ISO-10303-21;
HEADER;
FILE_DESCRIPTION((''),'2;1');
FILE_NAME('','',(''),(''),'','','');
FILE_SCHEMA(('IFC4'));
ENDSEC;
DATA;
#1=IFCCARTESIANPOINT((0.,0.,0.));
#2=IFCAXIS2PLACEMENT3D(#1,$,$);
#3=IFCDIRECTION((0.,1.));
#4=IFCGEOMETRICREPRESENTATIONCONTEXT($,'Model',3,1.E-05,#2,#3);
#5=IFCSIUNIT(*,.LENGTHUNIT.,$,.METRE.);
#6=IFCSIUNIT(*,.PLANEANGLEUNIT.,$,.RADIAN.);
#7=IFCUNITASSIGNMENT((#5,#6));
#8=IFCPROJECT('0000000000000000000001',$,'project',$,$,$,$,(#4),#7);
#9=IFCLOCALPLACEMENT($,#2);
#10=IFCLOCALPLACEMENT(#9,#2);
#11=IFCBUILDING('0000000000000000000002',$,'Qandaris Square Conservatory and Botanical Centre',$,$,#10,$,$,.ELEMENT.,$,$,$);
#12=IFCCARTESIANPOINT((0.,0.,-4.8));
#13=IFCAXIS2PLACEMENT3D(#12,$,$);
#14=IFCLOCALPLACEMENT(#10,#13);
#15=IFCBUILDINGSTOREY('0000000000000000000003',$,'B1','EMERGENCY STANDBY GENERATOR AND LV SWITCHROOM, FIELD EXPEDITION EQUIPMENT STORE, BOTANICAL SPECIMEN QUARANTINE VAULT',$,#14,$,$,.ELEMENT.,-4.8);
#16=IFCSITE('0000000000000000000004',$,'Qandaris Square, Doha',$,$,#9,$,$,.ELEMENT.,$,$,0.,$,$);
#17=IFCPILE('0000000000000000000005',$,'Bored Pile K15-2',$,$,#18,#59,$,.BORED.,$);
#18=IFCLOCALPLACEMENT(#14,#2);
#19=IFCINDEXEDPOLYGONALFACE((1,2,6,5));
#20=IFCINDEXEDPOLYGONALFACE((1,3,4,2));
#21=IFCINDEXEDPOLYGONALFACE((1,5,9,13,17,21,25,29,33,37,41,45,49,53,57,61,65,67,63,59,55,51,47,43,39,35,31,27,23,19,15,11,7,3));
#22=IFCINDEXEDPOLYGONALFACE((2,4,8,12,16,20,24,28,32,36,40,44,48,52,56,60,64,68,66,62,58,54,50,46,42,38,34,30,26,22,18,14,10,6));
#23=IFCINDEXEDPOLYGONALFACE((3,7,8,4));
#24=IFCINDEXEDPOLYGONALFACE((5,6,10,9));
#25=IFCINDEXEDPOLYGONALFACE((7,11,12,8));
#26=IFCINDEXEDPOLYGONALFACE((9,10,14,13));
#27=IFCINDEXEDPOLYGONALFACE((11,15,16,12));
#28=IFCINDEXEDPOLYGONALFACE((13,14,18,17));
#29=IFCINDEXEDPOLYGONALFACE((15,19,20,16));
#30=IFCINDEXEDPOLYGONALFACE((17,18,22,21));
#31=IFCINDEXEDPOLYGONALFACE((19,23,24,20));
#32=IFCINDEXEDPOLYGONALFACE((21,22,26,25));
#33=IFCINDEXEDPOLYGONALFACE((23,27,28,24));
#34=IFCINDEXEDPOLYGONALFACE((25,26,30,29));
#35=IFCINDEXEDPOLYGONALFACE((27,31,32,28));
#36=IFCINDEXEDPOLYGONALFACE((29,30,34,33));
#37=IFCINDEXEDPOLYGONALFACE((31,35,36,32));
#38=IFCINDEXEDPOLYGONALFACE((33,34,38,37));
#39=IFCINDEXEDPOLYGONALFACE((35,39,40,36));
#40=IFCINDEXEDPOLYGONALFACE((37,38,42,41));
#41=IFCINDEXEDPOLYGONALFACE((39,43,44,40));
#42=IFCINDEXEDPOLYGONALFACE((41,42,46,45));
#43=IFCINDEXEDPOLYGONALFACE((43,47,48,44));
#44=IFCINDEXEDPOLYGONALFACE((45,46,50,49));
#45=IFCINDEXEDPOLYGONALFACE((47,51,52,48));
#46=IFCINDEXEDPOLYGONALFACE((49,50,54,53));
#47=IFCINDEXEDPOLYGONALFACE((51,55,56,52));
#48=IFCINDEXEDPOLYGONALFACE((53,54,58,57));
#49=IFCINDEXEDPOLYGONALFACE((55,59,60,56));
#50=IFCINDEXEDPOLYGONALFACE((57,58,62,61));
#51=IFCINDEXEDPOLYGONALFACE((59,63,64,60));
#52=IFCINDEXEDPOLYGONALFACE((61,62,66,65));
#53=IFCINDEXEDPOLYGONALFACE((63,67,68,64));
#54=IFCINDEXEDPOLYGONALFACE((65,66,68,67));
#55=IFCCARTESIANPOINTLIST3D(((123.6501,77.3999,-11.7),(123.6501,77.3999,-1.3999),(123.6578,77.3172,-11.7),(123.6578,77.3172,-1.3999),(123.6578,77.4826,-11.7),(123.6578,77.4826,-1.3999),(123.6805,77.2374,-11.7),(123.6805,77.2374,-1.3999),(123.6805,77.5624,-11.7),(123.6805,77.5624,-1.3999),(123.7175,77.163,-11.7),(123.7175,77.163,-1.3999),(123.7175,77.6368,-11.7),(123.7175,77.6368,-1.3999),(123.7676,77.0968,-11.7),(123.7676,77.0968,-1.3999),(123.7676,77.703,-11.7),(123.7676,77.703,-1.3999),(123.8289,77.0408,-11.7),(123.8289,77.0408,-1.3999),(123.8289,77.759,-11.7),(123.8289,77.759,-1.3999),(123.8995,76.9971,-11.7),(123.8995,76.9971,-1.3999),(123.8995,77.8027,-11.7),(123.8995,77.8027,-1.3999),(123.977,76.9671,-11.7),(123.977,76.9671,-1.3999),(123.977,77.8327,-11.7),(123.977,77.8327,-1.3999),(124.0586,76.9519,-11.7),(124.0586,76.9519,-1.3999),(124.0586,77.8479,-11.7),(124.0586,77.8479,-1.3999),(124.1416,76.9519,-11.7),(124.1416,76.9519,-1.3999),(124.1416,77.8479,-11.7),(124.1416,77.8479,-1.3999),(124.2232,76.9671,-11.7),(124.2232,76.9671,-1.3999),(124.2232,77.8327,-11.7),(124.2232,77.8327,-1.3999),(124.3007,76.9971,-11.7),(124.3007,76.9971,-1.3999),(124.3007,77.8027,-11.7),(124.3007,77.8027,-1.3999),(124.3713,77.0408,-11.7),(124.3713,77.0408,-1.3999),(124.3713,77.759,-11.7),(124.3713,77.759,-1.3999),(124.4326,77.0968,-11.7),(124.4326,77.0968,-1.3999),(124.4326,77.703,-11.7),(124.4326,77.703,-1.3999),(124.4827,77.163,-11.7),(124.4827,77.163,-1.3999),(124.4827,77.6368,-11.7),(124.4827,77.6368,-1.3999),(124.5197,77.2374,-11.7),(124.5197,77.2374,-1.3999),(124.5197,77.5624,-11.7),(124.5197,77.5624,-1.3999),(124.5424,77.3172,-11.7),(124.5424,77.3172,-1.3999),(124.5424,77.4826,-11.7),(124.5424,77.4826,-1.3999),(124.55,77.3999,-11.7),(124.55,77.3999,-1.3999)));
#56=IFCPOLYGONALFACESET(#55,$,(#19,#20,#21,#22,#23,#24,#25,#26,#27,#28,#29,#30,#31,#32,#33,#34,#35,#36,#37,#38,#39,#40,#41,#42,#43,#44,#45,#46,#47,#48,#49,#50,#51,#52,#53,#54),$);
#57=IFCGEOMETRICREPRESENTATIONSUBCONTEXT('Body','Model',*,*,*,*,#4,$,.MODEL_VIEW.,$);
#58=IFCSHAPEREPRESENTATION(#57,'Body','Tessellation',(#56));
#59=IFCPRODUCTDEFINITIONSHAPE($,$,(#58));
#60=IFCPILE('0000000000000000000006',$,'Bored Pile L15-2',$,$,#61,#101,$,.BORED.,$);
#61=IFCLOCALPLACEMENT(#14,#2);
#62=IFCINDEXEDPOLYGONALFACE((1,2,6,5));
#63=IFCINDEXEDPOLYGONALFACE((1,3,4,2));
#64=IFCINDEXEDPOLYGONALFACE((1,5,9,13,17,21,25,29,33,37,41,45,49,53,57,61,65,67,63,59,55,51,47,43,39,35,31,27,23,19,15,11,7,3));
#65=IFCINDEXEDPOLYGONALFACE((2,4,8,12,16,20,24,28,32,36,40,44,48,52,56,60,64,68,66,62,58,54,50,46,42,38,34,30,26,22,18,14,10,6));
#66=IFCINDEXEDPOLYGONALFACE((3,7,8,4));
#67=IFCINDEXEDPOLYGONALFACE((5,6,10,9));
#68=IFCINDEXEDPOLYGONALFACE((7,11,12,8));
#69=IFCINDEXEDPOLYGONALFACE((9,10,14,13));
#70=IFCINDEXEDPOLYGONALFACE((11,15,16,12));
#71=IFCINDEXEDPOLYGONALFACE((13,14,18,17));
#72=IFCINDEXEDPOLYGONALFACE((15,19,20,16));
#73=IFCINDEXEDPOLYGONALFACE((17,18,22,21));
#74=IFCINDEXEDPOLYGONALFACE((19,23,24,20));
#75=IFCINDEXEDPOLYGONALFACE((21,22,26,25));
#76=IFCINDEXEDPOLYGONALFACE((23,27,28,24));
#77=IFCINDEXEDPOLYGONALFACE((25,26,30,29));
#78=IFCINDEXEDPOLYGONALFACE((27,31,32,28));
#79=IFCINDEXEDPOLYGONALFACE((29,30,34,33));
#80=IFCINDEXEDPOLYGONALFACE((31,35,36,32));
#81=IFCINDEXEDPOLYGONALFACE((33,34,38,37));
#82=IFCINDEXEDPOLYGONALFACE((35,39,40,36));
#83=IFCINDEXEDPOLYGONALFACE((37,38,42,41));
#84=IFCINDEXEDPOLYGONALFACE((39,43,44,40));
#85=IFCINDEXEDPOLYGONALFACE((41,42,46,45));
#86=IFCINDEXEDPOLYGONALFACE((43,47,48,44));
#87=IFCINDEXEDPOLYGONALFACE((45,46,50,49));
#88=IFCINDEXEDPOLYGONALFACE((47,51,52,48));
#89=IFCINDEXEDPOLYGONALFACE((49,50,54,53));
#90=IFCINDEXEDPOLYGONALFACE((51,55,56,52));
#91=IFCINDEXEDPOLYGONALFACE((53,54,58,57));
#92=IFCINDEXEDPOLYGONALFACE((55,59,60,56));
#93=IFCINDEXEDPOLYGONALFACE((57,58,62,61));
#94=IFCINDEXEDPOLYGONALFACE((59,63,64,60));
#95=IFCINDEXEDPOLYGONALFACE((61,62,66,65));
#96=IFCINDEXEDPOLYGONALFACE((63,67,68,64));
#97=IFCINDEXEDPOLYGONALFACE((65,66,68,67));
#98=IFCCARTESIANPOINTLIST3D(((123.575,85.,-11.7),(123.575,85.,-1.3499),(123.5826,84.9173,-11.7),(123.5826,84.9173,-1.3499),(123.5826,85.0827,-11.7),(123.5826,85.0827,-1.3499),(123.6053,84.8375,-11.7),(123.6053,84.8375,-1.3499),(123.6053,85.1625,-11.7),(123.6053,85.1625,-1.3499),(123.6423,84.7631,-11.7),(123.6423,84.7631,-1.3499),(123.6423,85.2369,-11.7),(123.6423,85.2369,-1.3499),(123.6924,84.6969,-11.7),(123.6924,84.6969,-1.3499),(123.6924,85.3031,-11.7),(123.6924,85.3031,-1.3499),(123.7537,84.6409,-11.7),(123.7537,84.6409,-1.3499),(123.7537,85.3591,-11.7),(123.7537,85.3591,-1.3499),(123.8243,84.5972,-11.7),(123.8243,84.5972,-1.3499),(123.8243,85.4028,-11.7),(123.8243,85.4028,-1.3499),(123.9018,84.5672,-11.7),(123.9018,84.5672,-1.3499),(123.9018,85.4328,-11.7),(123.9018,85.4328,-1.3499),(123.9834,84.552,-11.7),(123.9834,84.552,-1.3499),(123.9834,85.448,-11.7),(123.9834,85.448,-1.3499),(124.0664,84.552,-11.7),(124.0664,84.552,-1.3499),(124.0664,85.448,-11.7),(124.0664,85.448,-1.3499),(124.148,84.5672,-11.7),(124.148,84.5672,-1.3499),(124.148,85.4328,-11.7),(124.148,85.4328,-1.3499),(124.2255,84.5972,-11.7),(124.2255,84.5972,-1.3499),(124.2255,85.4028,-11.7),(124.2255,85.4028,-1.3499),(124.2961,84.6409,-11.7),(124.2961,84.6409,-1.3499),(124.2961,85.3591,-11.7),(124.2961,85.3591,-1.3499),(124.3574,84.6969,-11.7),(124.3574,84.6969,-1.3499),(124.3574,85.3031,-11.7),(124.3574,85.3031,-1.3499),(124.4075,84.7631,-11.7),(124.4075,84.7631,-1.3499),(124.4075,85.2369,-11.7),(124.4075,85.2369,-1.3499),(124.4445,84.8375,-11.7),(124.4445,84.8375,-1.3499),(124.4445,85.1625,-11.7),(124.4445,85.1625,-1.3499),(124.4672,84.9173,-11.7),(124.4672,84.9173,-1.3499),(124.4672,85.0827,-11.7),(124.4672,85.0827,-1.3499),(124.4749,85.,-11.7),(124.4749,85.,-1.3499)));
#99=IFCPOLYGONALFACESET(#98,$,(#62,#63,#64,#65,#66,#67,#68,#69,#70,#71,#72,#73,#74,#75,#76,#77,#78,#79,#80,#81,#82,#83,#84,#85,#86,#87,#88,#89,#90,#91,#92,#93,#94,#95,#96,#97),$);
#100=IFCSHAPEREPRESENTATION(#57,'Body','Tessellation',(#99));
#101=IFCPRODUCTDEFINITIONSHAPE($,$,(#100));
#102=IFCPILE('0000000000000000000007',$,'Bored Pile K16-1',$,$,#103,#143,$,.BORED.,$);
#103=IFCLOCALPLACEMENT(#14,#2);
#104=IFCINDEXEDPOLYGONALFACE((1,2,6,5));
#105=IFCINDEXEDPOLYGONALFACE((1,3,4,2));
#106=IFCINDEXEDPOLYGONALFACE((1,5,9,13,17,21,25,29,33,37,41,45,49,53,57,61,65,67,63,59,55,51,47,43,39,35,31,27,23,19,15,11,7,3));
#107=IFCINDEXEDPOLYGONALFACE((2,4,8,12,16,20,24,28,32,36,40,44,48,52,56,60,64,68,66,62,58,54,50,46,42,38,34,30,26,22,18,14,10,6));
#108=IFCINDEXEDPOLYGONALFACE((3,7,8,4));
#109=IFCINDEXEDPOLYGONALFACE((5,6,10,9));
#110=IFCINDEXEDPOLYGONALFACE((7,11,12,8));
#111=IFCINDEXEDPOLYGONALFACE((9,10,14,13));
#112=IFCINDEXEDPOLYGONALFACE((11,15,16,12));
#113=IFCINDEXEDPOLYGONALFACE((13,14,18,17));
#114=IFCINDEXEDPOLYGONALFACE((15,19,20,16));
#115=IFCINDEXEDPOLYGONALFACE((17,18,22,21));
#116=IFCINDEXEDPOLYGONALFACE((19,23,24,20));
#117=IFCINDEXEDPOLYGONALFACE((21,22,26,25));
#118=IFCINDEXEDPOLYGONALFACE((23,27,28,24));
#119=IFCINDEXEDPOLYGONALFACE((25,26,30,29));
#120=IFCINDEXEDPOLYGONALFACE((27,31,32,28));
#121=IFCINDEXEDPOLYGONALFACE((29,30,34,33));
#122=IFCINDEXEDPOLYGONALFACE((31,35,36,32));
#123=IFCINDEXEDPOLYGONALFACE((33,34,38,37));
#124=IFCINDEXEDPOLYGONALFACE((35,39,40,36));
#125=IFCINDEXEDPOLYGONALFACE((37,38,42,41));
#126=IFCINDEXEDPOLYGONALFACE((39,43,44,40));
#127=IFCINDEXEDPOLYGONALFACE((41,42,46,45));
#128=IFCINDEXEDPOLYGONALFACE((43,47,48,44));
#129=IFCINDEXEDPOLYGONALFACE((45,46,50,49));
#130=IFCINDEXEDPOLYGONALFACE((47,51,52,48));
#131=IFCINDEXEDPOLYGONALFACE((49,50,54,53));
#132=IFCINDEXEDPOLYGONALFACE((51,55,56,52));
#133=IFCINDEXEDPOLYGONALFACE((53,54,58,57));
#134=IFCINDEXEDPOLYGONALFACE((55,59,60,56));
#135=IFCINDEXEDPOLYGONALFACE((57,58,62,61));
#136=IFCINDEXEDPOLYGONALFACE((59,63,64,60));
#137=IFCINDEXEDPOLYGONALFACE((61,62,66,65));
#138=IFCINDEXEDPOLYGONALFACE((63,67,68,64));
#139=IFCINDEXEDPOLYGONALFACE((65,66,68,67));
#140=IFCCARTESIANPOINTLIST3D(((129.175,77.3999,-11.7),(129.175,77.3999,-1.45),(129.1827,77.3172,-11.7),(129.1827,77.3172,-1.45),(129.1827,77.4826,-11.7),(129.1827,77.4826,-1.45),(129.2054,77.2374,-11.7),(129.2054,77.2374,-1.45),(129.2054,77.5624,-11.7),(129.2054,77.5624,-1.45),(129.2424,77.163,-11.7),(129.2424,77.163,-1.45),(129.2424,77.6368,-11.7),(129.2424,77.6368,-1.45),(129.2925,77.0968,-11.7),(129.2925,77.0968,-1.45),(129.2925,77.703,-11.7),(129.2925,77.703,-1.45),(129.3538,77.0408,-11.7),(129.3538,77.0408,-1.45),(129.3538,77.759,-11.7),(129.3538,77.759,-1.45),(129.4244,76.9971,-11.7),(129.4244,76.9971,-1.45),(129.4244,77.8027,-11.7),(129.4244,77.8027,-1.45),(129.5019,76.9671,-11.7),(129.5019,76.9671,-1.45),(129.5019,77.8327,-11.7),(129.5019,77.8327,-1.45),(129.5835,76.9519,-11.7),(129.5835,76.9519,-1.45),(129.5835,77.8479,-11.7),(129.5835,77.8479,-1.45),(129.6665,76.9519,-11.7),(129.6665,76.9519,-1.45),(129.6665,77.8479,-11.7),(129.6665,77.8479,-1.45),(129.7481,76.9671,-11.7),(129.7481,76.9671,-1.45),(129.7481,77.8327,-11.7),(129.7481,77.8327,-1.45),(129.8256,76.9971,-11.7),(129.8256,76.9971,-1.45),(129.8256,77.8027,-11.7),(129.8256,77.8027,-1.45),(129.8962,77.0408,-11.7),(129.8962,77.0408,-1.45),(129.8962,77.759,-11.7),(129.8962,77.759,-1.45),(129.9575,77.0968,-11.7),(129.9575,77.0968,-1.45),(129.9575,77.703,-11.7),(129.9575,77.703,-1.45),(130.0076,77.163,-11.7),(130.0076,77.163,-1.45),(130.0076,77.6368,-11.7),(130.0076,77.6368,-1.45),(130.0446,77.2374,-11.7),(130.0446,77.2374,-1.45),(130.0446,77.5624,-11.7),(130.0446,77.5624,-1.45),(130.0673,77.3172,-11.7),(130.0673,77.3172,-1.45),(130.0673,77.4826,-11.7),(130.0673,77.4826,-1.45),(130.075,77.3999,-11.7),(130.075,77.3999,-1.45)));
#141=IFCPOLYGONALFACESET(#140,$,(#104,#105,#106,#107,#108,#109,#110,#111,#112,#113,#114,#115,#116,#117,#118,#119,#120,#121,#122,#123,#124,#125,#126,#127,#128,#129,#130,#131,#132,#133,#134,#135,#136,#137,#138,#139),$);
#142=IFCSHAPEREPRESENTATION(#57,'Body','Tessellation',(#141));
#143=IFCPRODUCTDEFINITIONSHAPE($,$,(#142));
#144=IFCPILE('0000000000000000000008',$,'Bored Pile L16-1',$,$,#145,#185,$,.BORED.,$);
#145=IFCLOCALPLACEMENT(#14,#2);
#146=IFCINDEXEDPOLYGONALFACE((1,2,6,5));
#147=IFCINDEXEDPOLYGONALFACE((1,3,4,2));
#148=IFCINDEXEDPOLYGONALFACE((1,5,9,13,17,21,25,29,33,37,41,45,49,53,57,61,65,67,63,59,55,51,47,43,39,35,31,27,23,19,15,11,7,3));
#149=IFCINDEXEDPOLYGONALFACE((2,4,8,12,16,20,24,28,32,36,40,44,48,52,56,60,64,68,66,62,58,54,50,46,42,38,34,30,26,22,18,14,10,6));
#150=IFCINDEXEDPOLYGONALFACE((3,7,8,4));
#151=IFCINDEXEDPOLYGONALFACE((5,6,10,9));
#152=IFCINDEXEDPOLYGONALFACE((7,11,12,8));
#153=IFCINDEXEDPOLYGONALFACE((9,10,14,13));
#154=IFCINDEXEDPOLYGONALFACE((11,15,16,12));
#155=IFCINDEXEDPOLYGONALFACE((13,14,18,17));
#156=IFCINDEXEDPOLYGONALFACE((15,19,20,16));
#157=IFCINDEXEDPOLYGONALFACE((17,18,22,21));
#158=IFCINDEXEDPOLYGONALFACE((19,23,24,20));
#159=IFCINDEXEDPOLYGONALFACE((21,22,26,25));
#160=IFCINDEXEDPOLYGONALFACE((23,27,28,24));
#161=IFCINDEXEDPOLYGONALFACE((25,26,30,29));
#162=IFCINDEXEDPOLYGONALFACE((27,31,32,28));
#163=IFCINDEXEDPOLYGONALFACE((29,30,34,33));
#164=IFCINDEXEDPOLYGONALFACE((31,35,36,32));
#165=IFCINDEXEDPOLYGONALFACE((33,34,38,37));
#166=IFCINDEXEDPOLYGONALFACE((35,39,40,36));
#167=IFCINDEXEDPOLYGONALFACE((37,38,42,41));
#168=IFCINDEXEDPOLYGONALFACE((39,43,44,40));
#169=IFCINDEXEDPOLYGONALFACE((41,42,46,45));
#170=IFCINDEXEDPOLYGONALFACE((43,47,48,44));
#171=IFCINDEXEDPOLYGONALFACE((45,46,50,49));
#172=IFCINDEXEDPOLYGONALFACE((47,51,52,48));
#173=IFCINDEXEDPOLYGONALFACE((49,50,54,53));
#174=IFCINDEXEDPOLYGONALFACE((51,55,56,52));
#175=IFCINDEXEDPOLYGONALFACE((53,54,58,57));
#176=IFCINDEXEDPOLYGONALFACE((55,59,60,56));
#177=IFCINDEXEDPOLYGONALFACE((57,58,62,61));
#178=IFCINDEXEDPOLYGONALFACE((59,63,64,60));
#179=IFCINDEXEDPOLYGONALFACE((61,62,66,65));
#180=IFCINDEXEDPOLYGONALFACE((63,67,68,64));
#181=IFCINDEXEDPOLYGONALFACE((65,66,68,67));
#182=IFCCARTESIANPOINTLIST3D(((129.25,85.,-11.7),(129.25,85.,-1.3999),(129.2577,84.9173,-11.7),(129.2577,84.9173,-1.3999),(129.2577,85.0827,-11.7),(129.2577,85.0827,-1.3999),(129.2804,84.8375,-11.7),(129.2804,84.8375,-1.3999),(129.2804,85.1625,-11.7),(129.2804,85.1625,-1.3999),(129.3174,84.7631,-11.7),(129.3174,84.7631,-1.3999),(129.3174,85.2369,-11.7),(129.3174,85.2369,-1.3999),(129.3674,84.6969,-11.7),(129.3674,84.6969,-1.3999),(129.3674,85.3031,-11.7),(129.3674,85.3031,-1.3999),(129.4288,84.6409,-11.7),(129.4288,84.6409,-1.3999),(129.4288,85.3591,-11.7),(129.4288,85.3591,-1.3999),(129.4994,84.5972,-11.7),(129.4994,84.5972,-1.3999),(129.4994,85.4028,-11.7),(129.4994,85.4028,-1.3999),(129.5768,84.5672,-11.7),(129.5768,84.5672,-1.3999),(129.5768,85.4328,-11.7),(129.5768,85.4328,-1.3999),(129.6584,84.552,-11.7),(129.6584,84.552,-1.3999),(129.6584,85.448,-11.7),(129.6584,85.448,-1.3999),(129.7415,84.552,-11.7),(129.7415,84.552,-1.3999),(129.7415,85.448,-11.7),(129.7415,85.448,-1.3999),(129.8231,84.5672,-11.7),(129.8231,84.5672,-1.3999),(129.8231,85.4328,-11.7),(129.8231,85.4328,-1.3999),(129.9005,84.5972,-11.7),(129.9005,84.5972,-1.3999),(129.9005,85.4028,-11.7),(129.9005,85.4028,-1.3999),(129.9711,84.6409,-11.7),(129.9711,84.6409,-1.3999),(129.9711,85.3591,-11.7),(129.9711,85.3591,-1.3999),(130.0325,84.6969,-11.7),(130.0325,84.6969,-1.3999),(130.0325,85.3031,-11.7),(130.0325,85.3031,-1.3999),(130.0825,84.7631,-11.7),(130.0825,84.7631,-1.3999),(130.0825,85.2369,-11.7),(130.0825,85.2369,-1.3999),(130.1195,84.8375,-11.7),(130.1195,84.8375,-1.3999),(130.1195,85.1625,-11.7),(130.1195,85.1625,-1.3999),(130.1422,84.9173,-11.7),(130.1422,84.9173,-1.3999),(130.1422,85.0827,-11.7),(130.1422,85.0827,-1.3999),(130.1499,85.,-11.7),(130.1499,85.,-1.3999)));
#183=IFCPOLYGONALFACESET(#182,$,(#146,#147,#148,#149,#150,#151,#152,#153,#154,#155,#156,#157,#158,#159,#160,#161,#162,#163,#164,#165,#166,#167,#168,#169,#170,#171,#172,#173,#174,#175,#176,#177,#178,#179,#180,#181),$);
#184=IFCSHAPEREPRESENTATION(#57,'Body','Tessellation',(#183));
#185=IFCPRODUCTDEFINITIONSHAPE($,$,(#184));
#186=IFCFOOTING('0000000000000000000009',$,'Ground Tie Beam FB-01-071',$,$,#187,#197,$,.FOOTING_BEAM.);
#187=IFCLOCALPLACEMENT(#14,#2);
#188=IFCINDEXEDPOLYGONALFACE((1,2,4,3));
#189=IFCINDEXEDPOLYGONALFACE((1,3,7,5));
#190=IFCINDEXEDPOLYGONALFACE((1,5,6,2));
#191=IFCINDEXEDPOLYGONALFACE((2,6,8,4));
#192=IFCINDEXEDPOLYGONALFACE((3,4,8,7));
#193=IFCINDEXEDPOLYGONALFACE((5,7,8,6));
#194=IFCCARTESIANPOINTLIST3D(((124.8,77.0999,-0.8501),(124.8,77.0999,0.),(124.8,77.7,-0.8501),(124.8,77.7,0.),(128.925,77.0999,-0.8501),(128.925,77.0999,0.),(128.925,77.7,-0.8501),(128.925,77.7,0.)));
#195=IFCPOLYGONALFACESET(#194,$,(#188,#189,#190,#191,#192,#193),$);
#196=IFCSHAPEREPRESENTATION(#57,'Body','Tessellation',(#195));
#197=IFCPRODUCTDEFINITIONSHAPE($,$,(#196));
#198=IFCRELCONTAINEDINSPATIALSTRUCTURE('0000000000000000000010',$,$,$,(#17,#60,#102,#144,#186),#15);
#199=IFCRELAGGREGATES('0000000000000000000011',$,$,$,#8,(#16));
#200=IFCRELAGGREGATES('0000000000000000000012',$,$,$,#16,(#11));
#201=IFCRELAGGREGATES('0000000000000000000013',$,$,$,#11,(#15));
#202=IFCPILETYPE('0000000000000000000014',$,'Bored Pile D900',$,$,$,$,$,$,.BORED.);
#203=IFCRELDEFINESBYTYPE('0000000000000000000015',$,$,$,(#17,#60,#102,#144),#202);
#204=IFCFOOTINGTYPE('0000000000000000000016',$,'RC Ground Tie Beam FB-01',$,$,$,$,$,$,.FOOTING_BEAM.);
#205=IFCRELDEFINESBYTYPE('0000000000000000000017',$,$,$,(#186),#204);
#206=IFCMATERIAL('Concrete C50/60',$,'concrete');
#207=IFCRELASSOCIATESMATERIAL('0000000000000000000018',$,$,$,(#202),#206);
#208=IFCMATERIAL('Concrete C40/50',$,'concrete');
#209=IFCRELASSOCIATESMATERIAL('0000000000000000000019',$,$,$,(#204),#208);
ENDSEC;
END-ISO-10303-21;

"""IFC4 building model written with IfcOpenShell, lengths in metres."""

from ifc_helpers import new_model, si_unit, direction, frame, origin, origin_2d, place, context, subcontext, project, spatial, rectangle, circle, extrude, material, material_profile, profile_set, type_object, element, save


model = new_model("IFC4")

# Units and contexts
model_context = context("Model", 3, precision=1e-05, world=origin(), true_north=direction((0.0, 1.0)))
body_context = subcontext(model_context, "Body", "Model", "MODEL_VIEW")
ifc_project = project(units=[si_unit("LENGTHUNIT", "METRE"), si_unit("PLANEANGLEUNIT", "RADIAN")], contexts=[model_context])

# Site, building, storey
site_placement = place(None, origin())
site = spatial("IfcSite", under=ifc_project, at=site_placement, Name="Qandaris Square, Doha", CompositionType="ELEMENT", RefElevation=0.0)
building_placement = place(site_placement, origin())
building = spatial("IfcBuilding", under=site, at=building_placement, Name="Qandaris Square Conservatory and Botanical Centre", CompositionType="ELEMENT")
storey_placement = place(building_placement, frame((0.0, 0.0, -4.8)))
storey = spatial("IfcBuildingStorey", under=building, at=storey_placement, Name="B1", Description="EMERGENCY STANDBY GENERATOR AND LV SWITCHROOM, FIELD EXPEDITION EQUIPMENT STORE, BOTANICAL SPECIMEN QUARANTINE VAULT", CompositionType="ELEMENT", Elevation=-4.8)

# Piles
ifc_material_1 = material(Name="Concrete C50/60", Category="concrete")
ifc_material_profile_1 = material_profile(ifc_material_1, circle(Radius=0.45, at=origin_2d()), Name="PILE D900")
ifc_profile_set_1 = profile_set([ifc_material_profile_1], Name="Concrete C50/60")
pile_type = type_object("IfcPileType", Name="Bored Pile D900", PredefinedType="BORED", material=ifc_profile_set_1)
pile_1_placement = place(storey_placement, frame((124.1001, 77.3999, -1.3999), z_axis=(0.0, 0.0, -1.0), x_axis=(1.0, 0.0, 0.0)))
element("IfcPile", 1, at=pile_1_placement, inside=storey, type_object=pile_type, Name="Bored Pile K15-2", PredefinedType="BORED", context=body_context, shape_type="SweptSolid", body=[
    extrude(circle(Radius=0.45, at=origin_2d()), origin(), (0.0, 0.0, 1.0), 10.3),
])
pile_2_placement = place(storey_placement, frame((124.0249, 85.0, -1.3499), z_axis=(0.0, 0.0, -1.0), x_axis=(1.0, 0.0, 0.0)))
element("IfcPile", 2, at=pile_2_placement, inside=storey, type_object=pile_type, Name="Bored Pile L15-2", PredefinedType="BORED", context=body_context, shape_type="SweptSolid", body=[
    extrude(circle(Radius=0.45, at=origin_2d()), origin(), (0.0, 0.0, 1.0), 10.3501),
])
pile_3_placement = place(storey_placement, frame((129.625, 77.3999, -1.45), z_axis=(0.0, 0.0, -1.0), x_axis=(1.0, 0.0, 0.0)))
element("IfcPile", 3, at=pile_3_placement, inside=storey, type_object=pile_type, Name="Bored Pile K16-1", PredefinedType="BORED", context=body_context, shape_type="SweptSolid", body=[
    extrude(circle(Radius=0.45, at=origin_2d()), origin(), (0.0, 0.0, 1.0), 10.25),
])
pile_4_placement = place(storey_placement, frame((129.7, 85.0, -1.3999), z_axis=(0.0, 0.0, -1.0), x_axis=(1.0, 0.0, 0.0)))
element("IfcPile", 4, at=pile_4_placement, inside=storey, type_object=pile_type, Name="Bored Pile L16-1", PredefinedType="BORED", context=body_context, shape_type="SweptSolid", body=[
    extrude(circle(Radius=0.45, at=origin_2d()), origin(), (0.0, 0.0, 1.0), 10.3),
])

# Footing
ifc_material_2 = material(Name="Concrete C40/50", Category="concrete")
ifc_material_profile_2 = material_profile(ifc_material_2, rectangle(XDim=0.6001, YDim=0.8501, at=origin_2d()), Name="FB 600x850")
ifc_profile_set_2 = profile_set([ifc_material_profile_2], Name="Concrete C40/50")
footing_type_1 = type_object("IfcFootingType", Name="RC Ground Tie Beam FB-01", PredefinedType="FOOTING_BEAM", material=ifc_profile_set_2)
footing_1_placement = place(storey_placement, frame((124.8, 77.3999, -0.425), z_axis=(1.0, 0.0, 0.0), x_axis=(0.0, 1.0, 0.0)))
element("IfcFooting", 5, at=footing_1_placement, inside=storey, type_object=footing_type_1, Name="Ground Tie Beam FB-01-071", PredefinedType="FOOTING_BEAM", context=body_context, shape_type="SweptSolid", body=[
    extrude(rectangle(XDim=0.6001, YDim=0.8501, at=origin_2d()), origin(), (0.0, 0.0, 1.0), 4.125),
])

save(model, "model.ifc")
